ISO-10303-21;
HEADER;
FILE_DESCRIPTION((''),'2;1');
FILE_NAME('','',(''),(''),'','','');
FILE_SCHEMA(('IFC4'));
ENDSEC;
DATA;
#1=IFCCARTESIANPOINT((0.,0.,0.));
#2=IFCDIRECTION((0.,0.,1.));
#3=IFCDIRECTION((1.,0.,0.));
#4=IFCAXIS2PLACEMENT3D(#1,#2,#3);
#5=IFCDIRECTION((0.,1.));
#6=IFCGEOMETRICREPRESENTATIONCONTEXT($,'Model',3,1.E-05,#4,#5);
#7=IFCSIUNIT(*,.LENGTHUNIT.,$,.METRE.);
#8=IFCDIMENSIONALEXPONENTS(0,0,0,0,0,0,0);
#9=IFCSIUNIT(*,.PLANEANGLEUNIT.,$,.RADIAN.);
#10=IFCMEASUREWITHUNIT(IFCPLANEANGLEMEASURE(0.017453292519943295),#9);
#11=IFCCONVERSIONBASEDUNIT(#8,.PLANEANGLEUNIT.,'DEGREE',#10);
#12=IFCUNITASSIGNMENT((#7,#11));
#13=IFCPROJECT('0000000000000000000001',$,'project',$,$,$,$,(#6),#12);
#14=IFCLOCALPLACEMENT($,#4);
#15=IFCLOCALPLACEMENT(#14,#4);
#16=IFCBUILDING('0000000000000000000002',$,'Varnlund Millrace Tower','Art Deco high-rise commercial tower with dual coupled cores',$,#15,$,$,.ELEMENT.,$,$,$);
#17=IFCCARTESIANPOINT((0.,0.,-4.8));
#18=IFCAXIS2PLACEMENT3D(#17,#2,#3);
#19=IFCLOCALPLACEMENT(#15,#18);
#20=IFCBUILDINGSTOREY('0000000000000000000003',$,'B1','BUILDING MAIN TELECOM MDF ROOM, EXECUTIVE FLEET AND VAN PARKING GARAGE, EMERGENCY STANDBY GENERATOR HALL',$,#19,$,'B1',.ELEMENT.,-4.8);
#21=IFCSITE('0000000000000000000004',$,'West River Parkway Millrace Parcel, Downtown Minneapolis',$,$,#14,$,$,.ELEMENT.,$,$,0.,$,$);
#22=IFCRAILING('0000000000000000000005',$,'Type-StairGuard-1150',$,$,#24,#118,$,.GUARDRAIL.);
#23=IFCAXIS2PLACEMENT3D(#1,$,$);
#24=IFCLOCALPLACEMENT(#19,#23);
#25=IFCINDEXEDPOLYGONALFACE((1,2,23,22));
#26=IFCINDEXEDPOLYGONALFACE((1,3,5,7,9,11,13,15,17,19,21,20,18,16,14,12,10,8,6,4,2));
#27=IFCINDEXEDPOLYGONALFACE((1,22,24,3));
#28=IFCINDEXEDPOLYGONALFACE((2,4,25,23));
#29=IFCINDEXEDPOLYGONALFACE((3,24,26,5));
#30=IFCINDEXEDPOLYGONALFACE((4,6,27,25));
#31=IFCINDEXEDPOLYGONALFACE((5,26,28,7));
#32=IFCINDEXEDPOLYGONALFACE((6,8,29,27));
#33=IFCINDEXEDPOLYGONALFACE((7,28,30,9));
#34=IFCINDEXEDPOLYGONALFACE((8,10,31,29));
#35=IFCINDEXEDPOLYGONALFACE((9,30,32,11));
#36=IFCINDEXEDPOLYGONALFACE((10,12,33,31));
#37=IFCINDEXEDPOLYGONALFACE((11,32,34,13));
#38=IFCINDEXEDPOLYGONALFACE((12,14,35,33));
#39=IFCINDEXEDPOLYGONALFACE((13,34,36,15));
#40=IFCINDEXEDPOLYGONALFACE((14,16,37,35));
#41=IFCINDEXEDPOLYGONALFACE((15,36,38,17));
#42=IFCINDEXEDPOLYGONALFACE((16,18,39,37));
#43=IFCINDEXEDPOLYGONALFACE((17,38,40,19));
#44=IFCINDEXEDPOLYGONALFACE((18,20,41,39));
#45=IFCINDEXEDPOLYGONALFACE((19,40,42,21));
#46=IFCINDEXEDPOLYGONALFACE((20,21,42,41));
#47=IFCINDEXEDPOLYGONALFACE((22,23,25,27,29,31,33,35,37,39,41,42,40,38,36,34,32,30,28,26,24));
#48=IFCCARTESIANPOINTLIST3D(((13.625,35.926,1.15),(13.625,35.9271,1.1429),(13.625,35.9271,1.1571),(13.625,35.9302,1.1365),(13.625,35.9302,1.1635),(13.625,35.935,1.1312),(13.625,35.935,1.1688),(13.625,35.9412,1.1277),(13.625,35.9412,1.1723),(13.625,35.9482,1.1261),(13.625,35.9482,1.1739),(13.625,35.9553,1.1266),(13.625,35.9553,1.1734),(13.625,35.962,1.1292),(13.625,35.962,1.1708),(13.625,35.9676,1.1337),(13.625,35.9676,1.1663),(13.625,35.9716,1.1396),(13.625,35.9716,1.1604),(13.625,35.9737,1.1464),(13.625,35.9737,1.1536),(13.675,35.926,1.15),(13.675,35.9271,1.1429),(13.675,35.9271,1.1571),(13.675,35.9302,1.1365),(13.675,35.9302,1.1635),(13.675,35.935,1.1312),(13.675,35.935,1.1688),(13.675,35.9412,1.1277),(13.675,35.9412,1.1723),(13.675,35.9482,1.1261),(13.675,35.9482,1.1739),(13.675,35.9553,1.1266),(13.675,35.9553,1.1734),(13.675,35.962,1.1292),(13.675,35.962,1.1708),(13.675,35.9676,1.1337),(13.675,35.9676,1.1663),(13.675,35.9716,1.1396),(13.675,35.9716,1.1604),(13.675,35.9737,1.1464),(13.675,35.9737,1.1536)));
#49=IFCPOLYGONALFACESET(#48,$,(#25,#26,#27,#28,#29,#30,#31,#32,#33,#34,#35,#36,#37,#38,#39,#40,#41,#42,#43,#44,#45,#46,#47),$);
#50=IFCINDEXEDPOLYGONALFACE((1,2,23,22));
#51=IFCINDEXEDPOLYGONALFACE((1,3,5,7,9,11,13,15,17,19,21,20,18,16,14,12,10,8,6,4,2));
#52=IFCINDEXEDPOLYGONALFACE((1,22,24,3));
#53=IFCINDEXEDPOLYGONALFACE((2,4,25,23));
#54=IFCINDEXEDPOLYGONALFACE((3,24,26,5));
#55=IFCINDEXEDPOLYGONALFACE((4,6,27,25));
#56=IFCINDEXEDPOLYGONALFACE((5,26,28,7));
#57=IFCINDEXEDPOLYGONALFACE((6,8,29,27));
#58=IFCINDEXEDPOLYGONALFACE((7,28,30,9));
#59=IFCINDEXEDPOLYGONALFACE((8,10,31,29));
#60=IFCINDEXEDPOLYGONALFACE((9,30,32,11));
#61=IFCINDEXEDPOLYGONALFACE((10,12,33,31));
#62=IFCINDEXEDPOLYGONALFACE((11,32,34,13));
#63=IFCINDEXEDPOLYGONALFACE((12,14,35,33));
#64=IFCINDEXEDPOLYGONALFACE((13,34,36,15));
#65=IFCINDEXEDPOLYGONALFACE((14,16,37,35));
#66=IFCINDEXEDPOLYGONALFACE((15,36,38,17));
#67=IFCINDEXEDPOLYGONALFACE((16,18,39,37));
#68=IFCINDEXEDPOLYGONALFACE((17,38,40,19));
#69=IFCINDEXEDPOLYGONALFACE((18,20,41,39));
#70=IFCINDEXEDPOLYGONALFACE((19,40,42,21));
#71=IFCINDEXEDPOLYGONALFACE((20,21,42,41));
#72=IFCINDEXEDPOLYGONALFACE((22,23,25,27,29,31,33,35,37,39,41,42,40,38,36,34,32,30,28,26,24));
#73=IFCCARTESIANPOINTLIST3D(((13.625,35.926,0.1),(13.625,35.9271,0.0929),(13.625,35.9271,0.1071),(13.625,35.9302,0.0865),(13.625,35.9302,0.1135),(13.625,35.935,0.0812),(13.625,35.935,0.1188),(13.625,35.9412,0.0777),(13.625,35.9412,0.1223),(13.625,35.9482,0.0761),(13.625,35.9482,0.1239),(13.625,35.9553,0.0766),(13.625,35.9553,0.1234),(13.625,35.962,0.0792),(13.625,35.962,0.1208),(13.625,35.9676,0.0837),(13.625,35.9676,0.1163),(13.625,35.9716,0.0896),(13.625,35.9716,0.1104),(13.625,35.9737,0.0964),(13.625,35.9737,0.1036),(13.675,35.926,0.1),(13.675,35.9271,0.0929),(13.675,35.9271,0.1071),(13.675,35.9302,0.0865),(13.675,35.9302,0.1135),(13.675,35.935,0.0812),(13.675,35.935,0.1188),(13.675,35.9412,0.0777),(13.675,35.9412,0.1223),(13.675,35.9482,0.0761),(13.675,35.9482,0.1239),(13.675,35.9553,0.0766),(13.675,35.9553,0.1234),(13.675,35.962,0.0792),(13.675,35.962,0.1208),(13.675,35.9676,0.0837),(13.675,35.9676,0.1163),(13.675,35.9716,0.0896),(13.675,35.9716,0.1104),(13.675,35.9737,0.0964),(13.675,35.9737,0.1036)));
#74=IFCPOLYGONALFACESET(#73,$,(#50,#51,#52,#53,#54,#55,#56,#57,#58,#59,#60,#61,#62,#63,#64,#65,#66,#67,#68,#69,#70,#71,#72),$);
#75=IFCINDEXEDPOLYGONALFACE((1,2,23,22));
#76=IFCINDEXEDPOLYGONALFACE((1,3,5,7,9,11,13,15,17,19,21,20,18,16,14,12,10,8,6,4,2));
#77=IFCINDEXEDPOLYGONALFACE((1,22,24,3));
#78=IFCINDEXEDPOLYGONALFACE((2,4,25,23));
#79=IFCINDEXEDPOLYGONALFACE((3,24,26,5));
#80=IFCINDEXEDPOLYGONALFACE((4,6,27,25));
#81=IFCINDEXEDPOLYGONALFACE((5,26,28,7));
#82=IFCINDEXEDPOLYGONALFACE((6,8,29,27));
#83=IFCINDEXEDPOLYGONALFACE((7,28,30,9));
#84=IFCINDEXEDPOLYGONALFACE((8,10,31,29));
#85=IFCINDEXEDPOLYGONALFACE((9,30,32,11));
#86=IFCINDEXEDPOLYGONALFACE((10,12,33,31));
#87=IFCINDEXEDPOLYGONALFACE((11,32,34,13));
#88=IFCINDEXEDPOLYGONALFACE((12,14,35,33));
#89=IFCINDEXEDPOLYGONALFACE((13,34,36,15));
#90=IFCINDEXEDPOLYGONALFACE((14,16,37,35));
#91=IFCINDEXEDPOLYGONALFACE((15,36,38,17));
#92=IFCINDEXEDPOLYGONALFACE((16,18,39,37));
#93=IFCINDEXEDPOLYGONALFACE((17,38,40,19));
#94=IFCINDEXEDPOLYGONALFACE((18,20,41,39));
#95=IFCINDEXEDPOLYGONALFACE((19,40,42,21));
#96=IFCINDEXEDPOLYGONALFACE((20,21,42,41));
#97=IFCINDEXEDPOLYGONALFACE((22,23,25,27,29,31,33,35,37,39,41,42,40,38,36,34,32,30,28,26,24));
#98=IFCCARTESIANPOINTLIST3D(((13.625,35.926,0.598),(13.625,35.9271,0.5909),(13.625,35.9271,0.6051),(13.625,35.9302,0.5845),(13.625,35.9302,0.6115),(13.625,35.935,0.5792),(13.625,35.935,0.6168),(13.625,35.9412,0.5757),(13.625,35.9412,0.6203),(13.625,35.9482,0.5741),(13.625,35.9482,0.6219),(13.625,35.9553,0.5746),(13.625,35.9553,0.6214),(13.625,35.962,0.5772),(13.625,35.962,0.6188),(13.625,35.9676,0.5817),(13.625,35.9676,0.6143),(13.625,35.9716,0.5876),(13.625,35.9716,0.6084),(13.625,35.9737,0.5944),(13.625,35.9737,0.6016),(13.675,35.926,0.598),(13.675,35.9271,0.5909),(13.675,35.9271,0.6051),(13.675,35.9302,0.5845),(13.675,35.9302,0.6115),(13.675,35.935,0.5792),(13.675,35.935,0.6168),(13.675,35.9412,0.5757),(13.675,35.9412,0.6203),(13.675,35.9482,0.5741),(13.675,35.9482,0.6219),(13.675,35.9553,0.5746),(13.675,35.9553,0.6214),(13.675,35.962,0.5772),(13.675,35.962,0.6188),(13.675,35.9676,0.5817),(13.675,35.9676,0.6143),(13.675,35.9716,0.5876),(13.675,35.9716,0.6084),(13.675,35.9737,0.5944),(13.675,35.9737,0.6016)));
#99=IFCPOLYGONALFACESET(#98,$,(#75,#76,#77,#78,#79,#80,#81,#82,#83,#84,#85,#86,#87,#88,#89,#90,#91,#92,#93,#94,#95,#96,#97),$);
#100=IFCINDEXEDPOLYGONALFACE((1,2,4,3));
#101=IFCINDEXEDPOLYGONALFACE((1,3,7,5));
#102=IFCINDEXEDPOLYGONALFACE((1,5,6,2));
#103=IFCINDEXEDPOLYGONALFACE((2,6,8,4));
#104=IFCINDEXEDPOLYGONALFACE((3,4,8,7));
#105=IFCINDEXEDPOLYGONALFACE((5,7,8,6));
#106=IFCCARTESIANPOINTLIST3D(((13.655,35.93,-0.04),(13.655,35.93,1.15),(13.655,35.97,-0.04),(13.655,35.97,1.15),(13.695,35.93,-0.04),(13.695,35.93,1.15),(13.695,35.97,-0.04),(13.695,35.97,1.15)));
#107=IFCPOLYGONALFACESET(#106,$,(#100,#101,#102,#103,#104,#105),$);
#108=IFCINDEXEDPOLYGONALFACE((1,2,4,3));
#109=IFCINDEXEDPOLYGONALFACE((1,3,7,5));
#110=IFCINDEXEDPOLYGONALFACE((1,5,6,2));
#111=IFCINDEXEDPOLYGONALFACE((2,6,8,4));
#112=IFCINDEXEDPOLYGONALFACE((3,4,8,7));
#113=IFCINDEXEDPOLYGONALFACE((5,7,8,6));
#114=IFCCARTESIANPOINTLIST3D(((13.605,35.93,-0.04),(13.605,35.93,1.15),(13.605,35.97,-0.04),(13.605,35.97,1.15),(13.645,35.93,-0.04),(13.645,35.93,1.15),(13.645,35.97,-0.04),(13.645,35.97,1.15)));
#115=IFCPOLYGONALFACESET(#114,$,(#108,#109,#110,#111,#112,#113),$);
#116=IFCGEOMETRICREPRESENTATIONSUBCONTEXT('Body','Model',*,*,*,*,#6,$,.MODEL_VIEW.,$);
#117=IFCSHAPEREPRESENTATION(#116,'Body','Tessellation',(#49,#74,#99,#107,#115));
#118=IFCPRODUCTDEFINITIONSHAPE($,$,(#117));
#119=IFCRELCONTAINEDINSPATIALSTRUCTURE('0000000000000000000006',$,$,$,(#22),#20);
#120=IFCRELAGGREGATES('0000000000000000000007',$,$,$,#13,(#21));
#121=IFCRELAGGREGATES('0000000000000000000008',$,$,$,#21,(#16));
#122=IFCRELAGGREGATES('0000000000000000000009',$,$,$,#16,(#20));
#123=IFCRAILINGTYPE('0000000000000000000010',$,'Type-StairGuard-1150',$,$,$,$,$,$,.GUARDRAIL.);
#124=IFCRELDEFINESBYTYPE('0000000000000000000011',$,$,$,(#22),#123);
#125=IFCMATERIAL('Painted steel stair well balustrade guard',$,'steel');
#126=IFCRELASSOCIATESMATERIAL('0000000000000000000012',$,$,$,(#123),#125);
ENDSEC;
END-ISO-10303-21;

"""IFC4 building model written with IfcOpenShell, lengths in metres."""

from ifc_helpers import new_model, entity, si_unit, converted_unit, direction, frame, origin_with_axes, origin_2d_with_axis, place, context, subcontext, project, spatial, rectangle, circle, extrude, material, type_object, element, save


model = new_model("IFC4")

# Units and contexts
model_context = context("Model", 3, precision=1e-05, world=origin_with_axes(), true_north=direction((0.0, 1.0)))
body_context = subcontext(model_context, "Body", "Model", "MODEL_VIEW")
ifc_project = project(units=[si_unit("LENGTHUNIT", "METRE"), converted_unit("PLANEANGLEUNIT", "DEGREE", entity("IfcPlaneAngleMeasure", 0.017453292519943295), si_unit("PLANEANGLEUNIT", "RADIAN"), dimensions=[0, 0, 0, 0, 0, 0, 0])], contexts=[model_context])

# Site, building, storey
site_placement = place(None, origin_with_axes())
site = spatial("IfcSite", under=ifc_project, at=site_placement, Name="West River Parkway Millrace Parcel, Downtown Minneapolis", CompositionType="ELEMENT", RefElevation=0.0)
building_placement = place(site_placement, origin_with_axes())
building = spatial("IfcBuilding", under=site, at=building_placement, Name="Varnlund Millrace Tower", Description="Art Deco high-rise commercial tower with dual coupled cores", CompositionType="ELEMENT")
storey_placement = place(building_placement, frame((0.0, 0.0, -4.8), z_axis=(0.0, 0.0, 1.0), x_axis=(1.0, 0.0, 0.0)))
storey = spatial("IfcBuildingStorey", under=building, at=storey_placement, Name="B1", Description="BUILDING MAIN TELECOM MDF ROOM, EXECUTIVE FLEET AND VAN PARKING GARAGE, EMERGENCY STANDBY GENERATOR HALL", LongName="B1", CompositionType="ELEMENT", Elevation=-4.8)

# Railing
ifc_material_1 = material(Name="Painted steel stair well balustrade guard", Category="steel")
railing_type_1 = type_object("IfcRailingType", Name="Type-StairGuard-1150", PredefinedType="GUARDRAIL", material=ifc_material_1)
railing_1_placement = place(storey_placement, frame((0.0, 0.0, 4.8), z_axis=(0.0, 0.0, 1.0), x_axis=(1.0, 0.0, 0.0)))
element("IfcRailing", 1, at=railing_1_placement, inside=storey, type_object=railing_type_1, Name="Type-StairGuard-1150", PredefinedType="GUARDRAIL", context=body_context, shape_type="SweptSolid", body=[
    extrude(circle(Radius=0.024, at=origin_2d_with_axis()), frame((13.675, 35.95, -3.65), z_axis=(-1.0, 0.0, 0.0), x_axis=(0.0, -1.0, 0.0)), (0.0, 0.0, 1.0), 0.05),
    extrude(circle(Radius=0.024, at=origin_2d_with_axis()), frame((13.675, 35.95, -4.7), z_axis=(-1.0, 0.0, 0.0), x_axis=(0.0, -1.0, 0.0)), (0.0, 0.0, 1.0), 0.05),
    extrude(circle(Radius=0.024, at=origin_2d_with_axis()), frame((13.675, 35.95, -4.202), z_axis=(-1.0, 0.0, 0.0), x_axis=(0.0, -1.0, 0.0)), (0.0, 0.0, 1.0), 0.05),
    extrude(rectangle(XDim=0.04, YDim=0.04, at=origin_2d_with_axis()), frame((13.675, 35.95, -4.84), z_axis=(0.0, 0.0, 1.0), x_axis=(1.0, 0.0, 0.0)), (0.0, 0.0, 1.0), 1.19),
    extrude(rectangle(XDim=0.04, YDim=0.04, at=origin_2d_with_axis()), frame((13.625, 35.95, -4.84), z_axis=(0.0, 0.0, 1.0), x_axis=(1.0, 0.0, 0.0)), (0.0, 0.0, 1.0), 1.19),
])

save(model, "model.ifc")
